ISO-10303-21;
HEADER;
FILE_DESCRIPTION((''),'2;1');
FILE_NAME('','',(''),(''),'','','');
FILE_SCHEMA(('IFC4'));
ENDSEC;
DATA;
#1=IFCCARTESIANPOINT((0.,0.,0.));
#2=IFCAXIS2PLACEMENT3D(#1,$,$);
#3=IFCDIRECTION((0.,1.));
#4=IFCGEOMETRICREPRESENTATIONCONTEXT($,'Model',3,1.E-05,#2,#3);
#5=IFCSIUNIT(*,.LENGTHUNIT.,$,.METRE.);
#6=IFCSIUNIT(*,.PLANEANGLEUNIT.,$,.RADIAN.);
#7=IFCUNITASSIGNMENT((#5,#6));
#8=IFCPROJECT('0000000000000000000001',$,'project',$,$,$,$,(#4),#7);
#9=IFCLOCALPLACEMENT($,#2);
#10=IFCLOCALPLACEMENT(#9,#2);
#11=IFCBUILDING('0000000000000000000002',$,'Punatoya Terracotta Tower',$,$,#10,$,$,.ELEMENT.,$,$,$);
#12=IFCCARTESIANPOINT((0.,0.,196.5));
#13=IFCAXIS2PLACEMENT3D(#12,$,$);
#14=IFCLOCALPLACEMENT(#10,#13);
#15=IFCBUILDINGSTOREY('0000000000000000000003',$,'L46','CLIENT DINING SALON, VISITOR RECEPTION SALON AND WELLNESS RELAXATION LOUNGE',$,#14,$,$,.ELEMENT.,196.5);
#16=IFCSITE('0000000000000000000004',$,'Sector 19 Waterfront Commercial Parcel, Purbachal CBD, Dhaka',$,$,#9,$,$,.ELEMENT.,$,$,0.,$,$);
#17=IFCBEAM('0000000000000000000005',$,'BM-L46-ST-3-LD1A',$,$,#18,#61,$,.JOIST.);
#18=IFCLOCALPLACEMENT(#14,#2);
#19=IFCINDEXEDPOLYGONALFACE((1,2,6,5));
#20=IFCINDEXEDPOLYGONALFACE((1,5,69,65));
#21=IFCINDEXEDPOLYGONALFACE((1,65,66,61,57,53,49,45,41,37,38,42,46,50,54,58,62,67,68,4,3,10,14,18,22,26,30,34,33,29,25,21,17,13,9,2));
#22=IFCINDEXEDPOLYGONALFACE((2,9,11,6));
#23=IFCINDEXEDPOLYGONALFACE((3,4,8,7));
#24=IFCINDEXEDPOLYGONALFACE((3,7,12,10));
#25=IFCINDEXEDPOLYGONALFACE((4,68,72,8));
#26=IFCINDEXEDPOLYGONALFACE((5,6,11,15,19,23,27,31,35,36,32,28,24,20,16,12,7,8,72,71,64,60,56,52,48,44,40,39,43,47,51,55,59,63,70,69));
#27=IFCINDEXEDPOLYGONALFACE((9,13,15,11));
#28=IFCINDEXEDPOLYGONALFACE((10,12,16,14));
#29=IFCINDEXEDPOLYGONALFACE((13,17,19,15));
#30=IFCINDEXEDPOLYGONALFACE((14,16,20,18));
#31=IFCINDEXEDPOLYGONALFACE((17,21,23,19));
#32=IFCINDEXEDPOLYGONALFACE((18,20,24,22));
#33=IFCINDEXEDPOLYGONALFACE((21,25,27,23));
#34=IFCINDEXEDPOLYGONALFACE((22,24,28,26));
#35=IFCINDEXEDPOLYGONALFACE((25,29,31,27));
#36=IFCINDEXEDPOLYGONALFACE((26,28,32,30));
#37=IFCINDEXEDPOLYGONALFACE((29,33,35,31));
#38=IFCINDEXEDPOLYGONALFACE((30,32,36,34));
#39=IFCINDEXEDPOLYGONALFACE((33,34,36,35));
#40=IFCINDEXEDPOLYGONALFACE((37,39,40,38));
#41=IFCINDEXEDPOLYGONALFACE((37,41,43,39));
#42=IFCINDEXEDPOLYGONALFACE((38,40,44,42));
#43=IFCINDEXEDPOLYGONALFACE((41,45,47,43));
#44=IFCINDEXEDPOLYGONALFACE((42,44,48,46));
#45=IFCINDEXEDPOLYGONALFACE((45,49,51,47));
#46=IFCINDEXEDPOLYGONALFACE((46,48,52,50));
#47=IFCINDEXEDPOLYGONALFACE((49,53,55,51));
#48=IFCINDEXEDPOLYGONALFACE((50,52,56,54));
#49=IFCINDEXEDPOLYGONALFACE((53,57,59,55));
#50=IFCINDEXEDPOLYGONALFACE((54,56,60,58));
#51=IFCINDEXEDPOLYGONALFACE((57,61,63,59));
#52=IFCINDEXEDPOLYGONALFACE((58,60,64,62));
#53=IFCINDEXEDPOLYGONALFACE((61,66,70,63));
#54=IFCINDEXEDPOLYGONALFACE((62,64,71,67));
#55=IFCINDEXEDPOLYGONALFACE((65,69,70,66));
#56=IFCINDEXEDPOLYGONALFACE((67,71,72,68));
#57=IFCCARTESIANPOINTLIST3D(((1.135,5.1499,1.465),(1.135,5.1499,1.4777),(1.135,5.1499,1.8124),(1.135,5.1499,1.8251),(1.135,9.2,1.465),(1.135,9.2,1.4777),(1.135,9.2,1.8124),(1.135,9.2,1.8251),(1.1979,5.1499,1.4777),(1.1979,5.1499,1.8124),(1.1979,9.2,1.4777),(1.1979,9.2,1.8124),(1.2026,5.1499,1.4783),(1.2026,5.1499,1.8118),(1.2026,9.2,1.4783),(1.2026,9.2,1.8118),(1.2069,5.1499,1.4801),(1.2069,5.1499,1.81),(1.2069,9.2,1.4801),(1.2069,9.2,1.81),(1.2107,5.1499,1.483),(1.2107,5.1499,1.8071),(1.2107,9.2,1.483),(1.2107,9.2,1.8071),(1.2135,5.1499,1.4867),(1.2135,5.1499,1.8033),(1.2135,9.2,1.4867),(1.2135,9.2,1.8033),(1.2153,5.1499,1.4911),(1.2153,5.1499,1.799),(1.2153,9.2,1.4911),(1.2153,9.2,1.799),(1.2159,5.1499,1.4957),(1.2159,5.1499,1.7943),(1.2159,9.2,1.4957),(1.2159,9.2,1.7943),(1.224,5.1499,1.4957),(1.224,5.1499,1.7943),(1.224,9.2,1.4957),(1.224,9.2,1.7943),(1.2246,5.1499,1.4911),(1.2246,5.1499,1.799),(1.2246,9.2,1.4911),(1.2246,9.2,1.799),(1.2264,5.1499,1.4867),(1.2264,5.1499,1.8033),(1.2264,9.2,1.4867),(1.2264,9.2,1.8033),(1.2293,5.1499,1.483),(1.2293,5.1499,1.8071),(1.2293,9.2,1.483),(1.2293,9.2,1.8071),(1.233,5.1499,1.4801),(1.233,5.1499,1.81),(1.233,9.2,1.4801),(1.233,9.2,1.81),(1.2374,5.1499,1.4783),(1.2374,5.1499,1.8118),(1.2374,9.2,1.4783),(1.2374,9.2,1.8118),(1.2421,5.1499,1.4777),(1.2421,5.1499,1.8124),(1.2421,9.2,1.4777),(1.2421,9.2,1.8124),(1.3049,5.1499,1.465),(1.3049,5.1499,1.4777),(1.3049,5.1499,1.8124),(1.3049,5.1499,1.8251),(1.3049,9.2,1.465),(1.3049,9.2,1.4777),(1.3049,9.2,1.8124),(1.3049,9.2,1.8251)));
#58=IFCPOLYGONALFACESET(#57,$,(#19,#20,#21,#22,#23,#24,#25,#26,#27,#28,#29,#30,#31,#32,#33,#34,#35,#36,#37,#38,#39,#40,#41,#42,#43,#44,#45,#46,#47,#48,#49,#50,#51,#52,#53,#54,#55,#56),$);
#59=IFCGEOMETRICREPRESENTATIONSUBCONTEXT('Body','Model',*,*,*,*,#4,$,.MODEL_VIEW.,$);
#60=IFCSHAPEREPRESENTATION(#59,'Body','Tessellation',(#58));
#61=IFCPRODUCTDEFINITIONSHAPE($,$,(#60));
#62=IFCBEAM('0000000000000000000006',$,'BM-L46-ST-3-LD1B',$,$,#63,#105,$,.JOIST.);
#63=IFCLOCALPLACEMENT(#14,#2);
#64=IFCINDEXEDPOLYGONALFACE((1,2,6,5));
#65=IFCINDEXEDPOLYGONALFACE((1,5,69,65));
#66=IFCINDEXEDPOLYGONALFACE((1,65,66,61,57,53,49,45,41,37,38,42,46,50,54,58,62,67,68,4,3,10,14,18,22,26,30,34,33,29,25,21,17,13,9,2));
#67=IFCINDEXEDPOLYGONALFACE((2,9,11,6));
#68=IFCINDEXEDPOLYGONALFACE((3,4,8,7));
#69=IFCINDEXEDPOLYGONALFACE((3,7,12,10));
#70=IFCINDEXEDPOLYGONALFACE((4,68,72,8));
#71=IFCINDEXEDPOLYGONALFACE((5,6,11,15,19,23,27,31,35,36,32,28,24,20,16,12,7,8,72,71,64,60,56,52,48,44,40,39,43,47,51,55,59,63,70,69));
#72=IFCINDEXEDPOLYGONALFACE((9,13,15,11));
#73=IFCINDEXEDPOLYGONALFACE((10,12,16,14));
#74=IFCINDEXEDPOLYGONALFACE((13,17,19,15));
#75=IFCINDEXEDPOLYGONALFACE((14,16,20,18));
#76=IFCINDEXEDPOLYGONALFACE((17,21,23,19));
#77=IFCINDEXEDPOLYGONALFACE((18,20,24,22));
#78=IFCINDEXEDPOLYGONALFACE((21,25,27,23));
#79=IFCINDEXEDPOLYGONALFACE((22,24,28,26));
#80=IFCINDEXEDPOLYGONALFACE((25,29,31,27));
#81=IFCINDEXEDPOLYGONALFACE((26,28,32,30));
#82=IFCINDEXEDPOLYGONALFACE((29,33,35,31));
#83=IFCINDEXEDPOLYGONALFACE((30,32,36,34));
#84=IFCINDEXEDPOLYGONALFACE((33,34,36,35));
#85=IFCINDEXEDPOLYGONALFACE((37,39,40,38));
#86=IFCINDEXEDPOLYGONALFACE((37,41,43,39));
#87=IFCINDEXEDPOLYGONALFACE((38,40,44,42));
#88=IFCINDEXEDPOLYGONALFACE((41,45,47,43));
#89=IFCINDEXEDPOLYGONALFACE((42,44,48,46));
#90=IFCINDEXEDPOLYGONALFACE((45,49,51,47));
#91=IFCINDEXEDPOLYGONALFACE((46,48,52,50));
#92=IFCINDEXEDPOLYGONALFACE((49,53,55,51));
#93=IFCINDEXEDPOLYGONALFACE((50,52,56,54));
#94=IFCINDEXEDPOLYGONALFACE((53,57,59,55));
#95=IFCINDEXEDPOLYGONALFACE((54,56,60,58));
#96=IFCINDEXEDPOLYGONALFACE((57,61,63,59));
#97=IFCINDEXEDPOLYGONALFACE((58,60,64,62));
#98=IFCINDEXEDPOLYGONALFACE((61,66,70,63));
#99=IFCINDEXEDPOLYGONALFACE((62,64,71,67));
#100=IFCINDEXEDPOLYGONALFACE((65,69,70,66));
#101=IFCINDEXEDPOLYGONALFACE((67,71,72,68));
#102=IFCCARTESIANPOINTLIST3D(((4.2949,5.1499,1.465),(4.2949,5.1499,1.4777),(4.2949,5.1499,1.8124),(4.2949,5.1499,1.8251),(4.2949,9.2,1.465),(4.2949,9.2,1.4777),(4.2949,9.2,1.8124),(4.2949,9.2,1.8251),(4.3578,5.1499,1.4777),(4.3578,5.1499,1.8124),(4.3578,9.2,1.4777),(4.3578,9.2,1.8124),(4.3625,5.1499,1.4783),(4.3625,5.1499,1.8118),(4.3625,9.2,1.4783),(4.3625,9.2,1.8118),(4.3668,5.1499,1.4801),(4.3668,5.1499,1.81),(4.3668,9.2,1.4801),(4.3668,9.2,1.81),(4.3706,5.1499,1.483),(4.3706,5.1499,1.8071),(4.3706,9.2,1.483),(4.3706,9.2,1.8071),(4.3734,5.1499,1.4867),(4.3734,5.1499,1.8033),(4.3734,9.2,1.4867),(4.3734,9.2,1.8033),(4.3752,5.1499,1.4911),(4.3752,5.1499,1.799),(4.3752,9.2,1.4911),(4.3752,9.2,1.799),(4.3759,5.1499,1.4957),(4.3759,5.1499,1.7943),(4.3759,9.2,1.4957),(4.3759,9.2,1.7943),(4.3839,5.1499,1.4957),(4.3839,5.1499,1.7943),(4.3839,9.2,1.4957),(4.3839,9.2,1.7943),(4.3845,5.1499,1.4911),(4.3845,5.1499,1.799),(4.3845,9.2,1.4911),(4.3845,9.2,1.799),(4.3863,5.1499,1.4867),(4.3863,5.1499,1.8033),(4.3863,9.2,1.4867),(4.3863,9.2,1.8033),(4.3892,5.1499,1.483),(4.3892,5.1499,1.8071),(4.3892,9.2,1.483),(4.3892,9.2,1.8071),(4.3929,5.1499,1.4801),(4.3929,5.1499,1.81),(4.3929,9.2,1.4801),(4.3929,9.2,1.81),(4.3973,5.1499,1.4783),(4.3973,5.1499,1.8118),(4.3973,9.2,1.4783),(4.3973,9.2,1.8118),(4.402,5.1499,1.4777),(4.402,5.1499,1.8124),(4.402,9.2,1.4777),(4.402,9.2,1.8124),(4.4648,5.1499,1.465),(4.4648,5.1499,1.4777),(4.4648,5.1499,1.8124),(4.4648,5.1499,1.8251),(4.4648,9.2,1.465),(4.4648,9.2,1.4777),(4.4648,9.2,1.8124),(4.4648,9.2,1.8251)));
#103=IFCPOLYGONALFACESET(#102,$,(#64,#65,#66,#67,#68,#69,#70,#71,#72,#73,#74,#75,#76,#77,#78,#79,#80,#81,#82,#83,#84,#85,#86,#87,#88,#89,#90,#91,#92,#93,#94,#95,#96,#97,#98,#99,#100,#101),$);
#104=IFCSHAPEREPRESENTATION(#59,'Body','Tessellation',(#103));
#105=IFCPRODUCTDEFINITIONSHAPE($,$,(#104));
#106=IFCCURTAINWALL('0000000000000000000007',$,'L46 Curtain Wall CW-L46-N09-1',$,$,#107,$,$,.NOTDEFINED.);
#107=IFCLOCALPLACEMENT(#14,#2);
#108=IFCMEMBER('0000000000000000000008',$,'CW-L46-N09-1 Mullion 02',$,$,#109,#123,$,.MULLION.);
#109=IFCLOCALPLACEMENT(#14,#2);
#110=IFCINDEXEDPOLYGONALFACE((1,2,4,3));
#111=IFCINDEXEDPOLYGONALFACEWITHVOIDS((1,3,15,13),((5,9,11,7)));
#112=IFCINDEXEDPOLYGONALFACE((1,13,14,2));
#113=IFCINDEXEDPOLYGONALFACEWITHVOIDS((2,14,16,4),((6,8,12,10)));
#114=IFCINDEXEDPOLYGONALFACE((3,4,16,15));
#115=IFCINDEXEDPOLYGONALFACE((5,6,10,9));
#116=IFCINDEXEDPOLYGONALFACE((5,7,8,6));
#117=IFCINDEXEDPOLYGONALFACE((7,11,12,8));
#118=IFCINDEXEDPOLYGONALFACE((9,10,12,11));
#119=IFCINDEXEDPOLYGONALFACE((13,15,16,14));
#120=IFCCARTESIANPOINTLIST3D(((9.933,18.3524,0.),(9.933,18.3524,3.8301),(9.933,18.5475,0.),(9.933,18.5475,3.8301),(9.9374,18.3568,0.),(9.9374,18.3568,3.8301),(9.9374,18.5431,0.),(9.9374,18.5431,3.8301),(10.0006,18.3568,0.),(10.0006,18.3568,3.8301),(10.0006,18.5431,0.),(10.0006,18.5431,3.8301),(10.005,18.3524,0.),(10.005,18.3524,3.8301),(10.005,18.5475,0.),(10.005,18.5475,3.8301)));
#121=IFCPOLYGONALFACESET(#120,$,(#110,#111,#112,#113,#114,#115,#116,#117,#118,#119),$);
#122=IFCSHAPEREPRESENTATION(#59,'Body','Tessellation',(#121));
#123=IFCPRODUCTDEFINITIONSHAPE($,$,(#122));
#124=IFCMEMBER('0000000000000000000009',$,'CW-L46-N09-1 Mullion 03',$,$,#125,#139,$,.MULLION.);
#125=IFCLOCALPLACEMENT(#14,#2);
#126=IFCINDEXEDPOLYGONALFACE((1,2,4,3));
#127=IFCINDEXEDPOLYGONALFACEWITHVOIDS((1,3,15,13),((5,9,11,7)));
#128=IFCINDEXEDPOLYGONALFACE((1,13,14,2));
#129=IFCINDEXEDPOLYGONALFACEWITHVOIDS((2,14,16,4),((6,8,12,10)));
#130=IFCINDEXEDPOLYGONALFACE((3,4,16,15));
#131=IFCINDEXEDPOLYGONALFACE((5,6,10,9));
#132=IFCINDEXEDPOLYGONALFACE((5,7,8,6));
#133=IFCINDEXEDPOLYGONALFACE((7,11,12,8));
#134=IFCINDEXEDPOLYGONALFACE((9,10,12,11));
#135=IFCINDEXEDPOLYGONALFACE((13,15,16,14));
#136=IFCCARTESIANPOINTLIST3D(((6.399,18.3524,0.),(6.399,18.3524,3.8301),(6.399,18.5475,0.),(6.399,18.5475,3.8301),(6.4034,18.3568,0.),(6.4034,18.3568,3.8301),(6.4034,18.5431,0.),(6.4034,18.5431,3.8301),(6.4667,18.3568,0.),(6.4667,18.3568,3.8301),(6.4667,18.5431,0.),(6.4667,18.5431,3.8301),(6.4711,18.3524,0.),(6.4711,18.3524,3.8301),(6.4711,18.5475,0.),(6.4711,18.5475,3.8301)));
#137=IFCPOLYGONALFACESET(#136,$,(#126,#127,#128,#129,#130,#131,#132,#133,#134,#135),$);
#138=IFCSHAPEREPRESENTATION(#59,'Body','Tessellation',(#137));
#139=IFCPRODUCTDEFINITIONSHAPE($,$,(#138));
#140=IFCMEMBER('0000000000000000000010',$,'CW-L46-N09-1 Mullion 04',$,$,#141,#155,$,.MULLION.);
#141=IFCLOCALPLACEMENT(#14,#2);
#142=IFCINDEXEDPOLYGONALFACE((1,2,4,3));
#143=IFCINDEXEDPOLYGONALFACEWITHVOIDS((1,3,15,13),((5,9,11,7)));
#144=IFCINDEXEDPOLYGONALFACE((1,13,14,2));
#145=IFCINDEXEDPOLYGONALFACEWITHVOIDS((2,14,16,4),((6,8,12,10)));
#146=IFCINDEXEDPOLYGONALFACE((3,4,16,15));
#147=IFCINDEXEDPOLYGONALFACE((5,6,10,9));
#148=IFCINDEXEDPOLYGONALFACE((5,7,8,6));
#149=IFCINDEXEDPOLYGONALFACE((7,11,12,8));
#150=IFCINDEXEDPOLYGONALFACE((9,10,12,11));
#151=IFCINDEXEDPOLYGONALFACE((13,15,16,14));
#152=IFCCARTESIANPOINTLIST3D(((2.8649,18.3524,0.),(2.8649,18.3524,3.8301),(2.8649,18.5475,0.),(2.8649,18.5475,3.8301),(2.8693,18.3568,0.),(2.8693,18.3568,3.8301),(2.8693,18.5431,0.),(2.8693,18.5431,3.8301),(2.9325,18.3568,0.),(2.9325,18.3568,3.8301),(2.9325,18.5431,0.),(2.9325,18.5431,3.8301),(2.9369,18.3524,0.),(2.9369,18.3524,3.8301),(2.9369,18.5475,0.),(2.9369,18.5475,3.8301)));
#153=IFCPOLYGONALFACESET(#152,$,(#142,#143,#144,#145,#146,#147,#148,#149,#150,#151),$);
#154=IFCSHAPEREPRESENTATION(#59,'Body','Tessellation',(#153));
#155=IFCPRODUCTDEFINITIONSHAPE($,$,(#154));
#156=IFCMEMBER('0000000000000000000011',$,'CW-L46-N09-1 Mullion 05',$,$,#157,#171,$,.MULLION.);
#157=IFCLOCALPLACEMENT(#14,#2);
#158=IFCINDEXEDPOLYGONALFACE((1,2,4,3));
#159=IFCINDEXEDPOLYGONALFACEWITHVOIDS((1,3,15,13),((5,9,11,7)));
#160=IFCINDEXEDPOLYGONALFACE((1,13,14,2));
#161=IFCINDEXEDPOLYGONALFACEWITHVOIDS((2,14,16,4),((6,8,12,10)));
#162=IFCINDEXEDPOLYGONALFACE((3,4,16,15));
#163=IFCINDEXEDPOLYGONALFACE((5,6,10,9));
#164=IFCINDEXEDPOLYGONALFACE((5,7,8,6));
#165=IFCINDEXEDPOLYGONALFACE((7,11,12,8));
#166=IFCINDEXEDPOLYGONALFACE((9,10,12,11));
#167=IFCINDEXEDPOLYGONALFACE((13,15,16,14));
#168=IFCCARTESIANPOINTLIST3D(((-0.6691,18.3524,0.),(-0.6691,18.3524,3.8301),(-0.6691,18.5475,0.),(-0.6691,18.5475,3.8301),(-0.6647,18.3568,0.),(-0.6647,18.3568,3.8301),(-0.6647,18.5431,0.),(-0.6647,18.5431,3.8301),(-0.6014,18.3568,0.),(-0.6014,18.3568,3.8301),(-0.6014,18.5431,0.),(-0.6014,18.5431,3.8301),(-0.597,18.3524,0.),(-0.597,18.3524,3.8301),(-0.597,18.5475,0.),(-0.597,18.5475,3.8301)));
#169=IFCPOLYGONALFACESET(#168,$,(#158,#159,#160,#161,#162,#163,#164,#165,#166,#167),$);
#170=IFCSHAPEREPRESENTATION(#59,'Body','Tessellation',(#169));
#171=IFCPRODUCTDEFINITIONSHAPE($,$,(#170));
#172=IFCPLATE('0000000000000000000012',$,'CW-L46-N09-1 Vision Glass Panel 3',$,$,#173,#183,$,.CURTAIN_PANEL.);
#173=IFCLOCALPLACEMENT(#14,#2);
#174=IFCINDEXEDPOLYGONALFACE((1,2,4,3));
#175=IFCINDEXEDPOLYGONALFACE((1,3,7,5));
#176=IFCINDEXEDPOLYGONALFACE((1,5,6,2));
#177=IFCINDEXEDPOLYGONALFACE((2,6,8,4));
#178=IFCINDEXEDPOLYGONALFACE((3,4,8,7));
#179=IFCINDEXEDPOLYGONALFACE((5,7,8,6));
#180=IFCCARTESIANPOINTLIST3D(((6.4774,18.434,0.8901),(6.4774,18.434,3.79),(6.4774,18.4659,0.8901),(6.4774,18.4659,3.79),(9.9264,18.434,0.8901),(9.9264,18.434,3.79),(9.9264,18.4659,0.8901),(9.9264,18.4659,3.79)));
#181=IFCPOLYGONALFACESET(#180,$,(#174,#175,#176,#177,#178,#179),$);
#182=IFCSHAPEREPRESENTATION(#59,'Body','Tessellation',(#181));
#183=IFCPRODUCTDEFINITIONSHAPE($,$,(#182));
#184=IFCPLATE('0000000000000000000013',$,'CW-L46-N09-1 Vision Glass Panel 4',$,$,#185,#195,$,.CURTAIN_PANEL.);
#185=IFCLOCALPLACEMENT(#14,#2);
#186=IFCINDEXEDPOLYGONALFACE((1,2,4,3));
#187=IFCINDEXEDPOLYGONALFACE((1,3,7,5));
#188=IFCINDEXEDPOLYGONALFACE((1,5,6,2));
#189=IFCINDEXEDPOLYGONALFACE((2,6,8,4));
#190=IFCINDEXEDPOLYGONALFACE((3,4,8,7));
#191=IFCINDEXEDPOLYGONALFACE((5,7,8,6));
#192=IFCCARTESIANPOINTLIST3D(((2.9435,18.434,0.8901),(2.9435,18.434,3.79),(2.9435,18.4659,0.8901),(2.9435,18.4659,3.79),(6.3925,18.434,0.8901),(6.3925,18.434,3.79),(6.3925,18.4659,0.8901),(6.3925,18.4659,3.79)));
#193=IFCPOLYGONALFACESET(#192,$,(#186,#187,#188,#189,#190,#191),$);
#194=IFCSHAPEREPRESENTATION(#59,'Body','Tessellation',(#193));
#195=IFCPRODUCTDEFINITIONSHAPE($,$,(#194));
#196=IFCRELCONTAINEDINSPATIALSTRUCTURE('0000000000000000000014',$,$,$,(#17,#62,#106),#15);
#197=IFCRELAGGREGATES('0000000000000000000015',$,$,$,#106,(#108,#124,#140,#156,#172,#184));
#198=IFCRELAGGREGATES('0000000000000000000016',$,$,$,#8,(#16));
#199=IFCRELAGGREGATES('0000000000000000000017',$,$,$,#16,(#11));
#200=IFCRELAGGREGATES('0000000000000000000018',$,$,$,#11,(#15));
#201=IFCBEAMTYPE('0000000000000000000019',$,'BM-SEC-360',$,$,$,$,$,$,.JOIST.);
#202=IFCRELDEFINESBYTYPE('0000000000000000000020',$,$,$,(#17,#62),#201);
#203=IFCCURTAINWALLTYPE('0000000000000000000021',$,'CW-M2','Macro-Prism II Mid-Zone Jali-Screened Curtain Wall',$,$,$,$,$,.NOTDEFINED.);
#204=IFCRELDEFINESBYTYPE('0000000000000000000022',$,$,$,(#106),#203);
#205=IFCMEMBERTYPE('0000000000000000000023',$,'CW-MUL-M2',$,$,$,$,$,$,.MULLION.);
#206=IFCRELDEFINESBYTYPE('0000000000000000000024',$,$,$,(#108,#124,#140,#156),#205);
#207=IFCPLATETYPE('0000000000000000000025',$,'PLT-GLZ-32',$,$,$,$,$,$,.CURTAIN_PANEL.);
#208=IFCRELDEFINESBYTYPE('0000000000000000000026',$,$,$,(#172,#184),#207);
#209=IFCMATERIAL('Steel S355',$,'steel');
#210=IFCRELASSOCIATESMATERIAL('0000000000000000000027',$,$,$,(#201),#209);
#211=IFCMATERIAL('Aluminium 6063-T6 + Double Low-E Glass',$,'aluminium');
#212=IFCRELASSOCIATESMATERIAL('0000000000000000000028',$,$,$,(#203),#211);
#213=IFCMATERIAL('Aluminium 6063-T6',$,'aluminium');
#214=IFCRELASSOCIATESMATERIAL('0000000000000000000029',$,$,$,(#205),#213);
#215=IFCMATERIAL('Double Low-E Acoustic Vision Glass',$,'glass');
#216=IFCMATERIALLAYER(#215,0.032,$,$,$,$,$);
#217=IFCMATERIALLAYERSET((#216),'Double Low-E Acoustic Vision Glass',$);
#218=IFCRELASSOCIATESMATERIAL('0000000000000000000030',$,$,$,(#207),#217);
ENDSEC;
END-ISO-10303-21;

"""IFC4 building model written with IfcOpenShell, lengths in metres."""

from ifc_helpers import new_model, si_unit, direction, frame, origin, origin_2d, place, context, subcontext, project, spatial, rectangle, hollow_rectangle, i_section, extrude, material, layer, layer_set, material_profile, profile_set, type_object, element, aggregate, save


model = new_model("IFC4")

# Units and contexts
model_context = context("Model", 3, precision=1e-05, world=origin(), true_north=direction((0.0, 1.0)))
body_context = subcontext(model_context, "Body", "Model", "MODEL_VIEW")
ifc_project = project(units=[si_unit("LENGTHUNIT", "METRE"), si_unit("PLANEANGLEUNIT", "RADIAN")], contexts=[model_context])

# Site, building, storey
site_placement = place(None, origin())
site = spatial("IfcSite", under=ifc_project, at=site_placement, Name="Sector 19 Waterfront Commercial Parcel, Purbachal CBD, Dhaka", CompositionType="ELEMENT", RefElevation=0.0)
building_placement = place(site_placement, origin())
building = spatial("IfcBuilding", under=site, at=building_placement, Name="Punatoya Terracotta Tower", CompositionType="ELEMENT")
storey_placement = place(building_placement, frame((0.0, 0.0, 196.5)))
storey = spatial("IfcBuildingStorey", under=building, at=storey_placement, Name="L46", Description="CLIENT DINING SALON, VISITOR RECEPTION SALON AND WELLNESS RELAXATION LOUNGE", CompositionType="ELEMENT", Elevation=196.5)

# Beams
ifc_material_1 = material(Name="Steel S355", Category="steel")
ifc_material_profile_1 = material_profile(ifc_material_1, i_section(OverallWidth=0.1699, OverallDepth=0.3601, WebThickness=0.0081, FlangeThickness=0.0127, FilletRadius=0.0181, at=origin_2d()))
ifc_profile_set_1 = profile_set([ifc_material_profile_1], Name="Steel S355")
beam_type_1 = type_object("IfcBeamType", Name="BM-SEC-360", PredefinedType="JOIST", material=ifc_profile_set_1)
for number, where, z_axis, x_axis, name in (
    (1, (1.22, 5.1499, 1.645), (0.0, 1.0, 0.0), (-1.0, 0.0, 0.0), "BM-L46-ST-3-LD1A"),
    (2, (4.3799, 5.1499, 1.645), (0.0, 1.0, 0.0), (-1.0, 0.0, 0.0), "BM-L46-ST-3-LD1B"),
):
    element("IfcBeam", number, at=place(storey_placement, frame(where, z_axis=z_axis, x_axis=x_axis)), inside=storey, type_object=beam_type_1, Name=name, PredefinedType="JOIST", context=body_context, shape_type="SweptSolid", body=[
        extrude(i_section(OverallWidth=0.1699, OverallDepth=0.3601, WebThickness=0.0081, FlangeThickness=0.0127, FilletRadius=0.0181, at=origin_2d()), origin(), (0.0, 0.0, 1.0), 4.05),
    ])

# Curtain wall, members, plates
ifc_material_2 = material(Name="Aluminium 6063-T6 + Double Low-E Glass", Category="aluminium")
curtain_wall_type = type_object("IfcCurtainWallType", Name="CW-M2", Description="Macro-Prism II Mid-Zone Jali-Screened Curtain Wall", PredefinedType="NOTDEFINED", material=ifc_material_2)
curtain_wall_placement = place(storey_placement, origin())
curtain_wall = element("IfcCurtainWall", 3, at=curtain_wall_placement, inside=storey, type_object=curtain_wall_type, Name="L46 Curtain Wall CW-L46-N09-1", PredefinedType="NOTDEFINED")
ifc_material_3 = material(Name="Aluminium 6063-T6", Category="aluminium")
ifc_material_profile_2 = material_profile(ifc_material_3, hollow_rectangle(XDim=0.072, YDim=0.1951, WallThickness=0.0044, at=origin_2d()))
ifc_profile_set_2 = profile_set([ifc_material_profile_2], Name="Aluminium 6063-T6")
member_type = type_object("IfcMemberType", Name="CW-MUL-M2", PredefinedType="MULLION", material=ifc_profile_set_2)
member_1_placement = place(storey_placement, frame((9.969, 18.45, 0.0), z_axis=(0.0, 0.0, 1.0), x_axis=(1.0, 0.0, 0.0)))
member_1 = element("IfcMember", 4, at=member_1_placement, type_object=member_type, Name="CW-L46-N09-1 Mullion 02", PredefinedType="MULLION", context=body_context, shape_type="SweptSolid", body=[
    extrude(hollow_rectangle(XDim=0.072, YDim=0.1951, WallThickness=0.0044, at=origin_2d()), origin(), (0.0, 0.0, 1.0), 3.8301),
])
member_2_placement = place(storey_placement, frame((6.4351, 18.45, 0.0), z_axis=(0.0, 0.0, 1.0), x_axis=(1.0, 0.0, 0.0)))
member_2 = element("IfcMember", 5, at=member_2_placement, type_object=member_type, Name="CW-L46-N09-1 Mullion 03", PredefinedType="MULLION", context=body_context, shape_type="SweptSolid", body=[
    extrude(hollow_rectangle(XDim=0.072, YDim=0.1951, WallThickness=0.0044, at=origin_2d()), origin(), (0.0, 0.0, 1.0), 3.8301),
])
member_3_placement = place(storey_placement, frame((2.9009, 18.45, 0.0), z_axis=(0.0, 0.0, 1.0), x_axis=(1.0, 0.0, 0.0)))
member_3 = element("IfcMember", 6, at=member_3_placement, type_object=member_type, Name="CW-L46-N09-1 Mullion 04", PredefinedType="MULLION", context=body_context, shape_type="SweptSolid", body=[
    extrude(hollow_rectangle(XDim=0.072, YDim=0.1951, WallThickness=0.0044, at=origin_2d()), origin(), (0.0, 0.0, 1.0), 3.8301),
])
member_4_placement = place(storey_placement, frame((-0.6331, 18.45, 0.0), z_axis=(0.0, 0.0, 1.0), x_axis=(1.0, 0.0, 0.0)))
member_4 = element("IfcMember", 7, at=member_4_placement, type_object=member_type, Name="CW-L46-N09-1 Mullion 05", PredefinedType="MULLION", context=body_context, shape_type="SweptSolid", body=[
    extrude(hollow_rectangle(XDim=0.072, YDim=0.1951, WallThickness=0.0044, at=origin_2d()), origin(), (0.0, 0.0, 1.0), 3.8301),
])
ifc_material_4 = material(Name="Double Low-E Acoustic Vision Glass", Category="glass")
ifc_layer_1 = layer(ifc_material_4, 0.032)
ifc_layer_set_1 = layer_set([ifc_layer_1], Name="Double Low-E Acoustic Vision Glass")
plate_type_1 = type_object("IfcPlateType", Name="PLT-GLZ-32", PredefinedType="CURTAIN_PANEL", material=ifc_layer_set_1)
plate_1_placement = place(storey_placement, frame((8.2019, 18.45, 0.8901), z_axis=(0.0, 0.0, 1.0), x_axis=(-1.0, 0.0, 0.0)))
plate_1 = element("IfcPlate", 8, at=plate_1_placement, type_object=plate_type_1, Name="CW-L46-N09-1 Vision Glass Panel 3", PredefinedType="CURTAIN_PANEL", context=body_context, shape_type="SweptSolid", body=[
    extrude(rectangle(XDim=3.449, YDim=0.032, at=origin_2d()), origin(), (0.0, 0.0, 1.0), 2.8999),
])
plate_2_placement = place(storey_placement, frame((4.668, 18.45, 0.8901), z_axis=(0.0, 0.0, 1.0), x_axis=(-1.0, 0.0, 0.0)))
plate_2 = element("IfcPlate", 9, at=plate_2_placement, type_object=plate_type_1, Name="CW-L46-N09-1 Vision Glass Panel 4", PredefinedType="CURTAIN_PANEL", context=body_context, shape_type="SweptSolid", body=[
    extrude(rectangle(XDim=3.449, YDim=0.032, at=origin_2d()), origin(), (0.0, 0.0, 1.0), 2.8999),
])
aggregate(curtain_wall, [member_1, member_2, member_3, member_4, plate_1, plate_2])

save(model, "model.ifc")
